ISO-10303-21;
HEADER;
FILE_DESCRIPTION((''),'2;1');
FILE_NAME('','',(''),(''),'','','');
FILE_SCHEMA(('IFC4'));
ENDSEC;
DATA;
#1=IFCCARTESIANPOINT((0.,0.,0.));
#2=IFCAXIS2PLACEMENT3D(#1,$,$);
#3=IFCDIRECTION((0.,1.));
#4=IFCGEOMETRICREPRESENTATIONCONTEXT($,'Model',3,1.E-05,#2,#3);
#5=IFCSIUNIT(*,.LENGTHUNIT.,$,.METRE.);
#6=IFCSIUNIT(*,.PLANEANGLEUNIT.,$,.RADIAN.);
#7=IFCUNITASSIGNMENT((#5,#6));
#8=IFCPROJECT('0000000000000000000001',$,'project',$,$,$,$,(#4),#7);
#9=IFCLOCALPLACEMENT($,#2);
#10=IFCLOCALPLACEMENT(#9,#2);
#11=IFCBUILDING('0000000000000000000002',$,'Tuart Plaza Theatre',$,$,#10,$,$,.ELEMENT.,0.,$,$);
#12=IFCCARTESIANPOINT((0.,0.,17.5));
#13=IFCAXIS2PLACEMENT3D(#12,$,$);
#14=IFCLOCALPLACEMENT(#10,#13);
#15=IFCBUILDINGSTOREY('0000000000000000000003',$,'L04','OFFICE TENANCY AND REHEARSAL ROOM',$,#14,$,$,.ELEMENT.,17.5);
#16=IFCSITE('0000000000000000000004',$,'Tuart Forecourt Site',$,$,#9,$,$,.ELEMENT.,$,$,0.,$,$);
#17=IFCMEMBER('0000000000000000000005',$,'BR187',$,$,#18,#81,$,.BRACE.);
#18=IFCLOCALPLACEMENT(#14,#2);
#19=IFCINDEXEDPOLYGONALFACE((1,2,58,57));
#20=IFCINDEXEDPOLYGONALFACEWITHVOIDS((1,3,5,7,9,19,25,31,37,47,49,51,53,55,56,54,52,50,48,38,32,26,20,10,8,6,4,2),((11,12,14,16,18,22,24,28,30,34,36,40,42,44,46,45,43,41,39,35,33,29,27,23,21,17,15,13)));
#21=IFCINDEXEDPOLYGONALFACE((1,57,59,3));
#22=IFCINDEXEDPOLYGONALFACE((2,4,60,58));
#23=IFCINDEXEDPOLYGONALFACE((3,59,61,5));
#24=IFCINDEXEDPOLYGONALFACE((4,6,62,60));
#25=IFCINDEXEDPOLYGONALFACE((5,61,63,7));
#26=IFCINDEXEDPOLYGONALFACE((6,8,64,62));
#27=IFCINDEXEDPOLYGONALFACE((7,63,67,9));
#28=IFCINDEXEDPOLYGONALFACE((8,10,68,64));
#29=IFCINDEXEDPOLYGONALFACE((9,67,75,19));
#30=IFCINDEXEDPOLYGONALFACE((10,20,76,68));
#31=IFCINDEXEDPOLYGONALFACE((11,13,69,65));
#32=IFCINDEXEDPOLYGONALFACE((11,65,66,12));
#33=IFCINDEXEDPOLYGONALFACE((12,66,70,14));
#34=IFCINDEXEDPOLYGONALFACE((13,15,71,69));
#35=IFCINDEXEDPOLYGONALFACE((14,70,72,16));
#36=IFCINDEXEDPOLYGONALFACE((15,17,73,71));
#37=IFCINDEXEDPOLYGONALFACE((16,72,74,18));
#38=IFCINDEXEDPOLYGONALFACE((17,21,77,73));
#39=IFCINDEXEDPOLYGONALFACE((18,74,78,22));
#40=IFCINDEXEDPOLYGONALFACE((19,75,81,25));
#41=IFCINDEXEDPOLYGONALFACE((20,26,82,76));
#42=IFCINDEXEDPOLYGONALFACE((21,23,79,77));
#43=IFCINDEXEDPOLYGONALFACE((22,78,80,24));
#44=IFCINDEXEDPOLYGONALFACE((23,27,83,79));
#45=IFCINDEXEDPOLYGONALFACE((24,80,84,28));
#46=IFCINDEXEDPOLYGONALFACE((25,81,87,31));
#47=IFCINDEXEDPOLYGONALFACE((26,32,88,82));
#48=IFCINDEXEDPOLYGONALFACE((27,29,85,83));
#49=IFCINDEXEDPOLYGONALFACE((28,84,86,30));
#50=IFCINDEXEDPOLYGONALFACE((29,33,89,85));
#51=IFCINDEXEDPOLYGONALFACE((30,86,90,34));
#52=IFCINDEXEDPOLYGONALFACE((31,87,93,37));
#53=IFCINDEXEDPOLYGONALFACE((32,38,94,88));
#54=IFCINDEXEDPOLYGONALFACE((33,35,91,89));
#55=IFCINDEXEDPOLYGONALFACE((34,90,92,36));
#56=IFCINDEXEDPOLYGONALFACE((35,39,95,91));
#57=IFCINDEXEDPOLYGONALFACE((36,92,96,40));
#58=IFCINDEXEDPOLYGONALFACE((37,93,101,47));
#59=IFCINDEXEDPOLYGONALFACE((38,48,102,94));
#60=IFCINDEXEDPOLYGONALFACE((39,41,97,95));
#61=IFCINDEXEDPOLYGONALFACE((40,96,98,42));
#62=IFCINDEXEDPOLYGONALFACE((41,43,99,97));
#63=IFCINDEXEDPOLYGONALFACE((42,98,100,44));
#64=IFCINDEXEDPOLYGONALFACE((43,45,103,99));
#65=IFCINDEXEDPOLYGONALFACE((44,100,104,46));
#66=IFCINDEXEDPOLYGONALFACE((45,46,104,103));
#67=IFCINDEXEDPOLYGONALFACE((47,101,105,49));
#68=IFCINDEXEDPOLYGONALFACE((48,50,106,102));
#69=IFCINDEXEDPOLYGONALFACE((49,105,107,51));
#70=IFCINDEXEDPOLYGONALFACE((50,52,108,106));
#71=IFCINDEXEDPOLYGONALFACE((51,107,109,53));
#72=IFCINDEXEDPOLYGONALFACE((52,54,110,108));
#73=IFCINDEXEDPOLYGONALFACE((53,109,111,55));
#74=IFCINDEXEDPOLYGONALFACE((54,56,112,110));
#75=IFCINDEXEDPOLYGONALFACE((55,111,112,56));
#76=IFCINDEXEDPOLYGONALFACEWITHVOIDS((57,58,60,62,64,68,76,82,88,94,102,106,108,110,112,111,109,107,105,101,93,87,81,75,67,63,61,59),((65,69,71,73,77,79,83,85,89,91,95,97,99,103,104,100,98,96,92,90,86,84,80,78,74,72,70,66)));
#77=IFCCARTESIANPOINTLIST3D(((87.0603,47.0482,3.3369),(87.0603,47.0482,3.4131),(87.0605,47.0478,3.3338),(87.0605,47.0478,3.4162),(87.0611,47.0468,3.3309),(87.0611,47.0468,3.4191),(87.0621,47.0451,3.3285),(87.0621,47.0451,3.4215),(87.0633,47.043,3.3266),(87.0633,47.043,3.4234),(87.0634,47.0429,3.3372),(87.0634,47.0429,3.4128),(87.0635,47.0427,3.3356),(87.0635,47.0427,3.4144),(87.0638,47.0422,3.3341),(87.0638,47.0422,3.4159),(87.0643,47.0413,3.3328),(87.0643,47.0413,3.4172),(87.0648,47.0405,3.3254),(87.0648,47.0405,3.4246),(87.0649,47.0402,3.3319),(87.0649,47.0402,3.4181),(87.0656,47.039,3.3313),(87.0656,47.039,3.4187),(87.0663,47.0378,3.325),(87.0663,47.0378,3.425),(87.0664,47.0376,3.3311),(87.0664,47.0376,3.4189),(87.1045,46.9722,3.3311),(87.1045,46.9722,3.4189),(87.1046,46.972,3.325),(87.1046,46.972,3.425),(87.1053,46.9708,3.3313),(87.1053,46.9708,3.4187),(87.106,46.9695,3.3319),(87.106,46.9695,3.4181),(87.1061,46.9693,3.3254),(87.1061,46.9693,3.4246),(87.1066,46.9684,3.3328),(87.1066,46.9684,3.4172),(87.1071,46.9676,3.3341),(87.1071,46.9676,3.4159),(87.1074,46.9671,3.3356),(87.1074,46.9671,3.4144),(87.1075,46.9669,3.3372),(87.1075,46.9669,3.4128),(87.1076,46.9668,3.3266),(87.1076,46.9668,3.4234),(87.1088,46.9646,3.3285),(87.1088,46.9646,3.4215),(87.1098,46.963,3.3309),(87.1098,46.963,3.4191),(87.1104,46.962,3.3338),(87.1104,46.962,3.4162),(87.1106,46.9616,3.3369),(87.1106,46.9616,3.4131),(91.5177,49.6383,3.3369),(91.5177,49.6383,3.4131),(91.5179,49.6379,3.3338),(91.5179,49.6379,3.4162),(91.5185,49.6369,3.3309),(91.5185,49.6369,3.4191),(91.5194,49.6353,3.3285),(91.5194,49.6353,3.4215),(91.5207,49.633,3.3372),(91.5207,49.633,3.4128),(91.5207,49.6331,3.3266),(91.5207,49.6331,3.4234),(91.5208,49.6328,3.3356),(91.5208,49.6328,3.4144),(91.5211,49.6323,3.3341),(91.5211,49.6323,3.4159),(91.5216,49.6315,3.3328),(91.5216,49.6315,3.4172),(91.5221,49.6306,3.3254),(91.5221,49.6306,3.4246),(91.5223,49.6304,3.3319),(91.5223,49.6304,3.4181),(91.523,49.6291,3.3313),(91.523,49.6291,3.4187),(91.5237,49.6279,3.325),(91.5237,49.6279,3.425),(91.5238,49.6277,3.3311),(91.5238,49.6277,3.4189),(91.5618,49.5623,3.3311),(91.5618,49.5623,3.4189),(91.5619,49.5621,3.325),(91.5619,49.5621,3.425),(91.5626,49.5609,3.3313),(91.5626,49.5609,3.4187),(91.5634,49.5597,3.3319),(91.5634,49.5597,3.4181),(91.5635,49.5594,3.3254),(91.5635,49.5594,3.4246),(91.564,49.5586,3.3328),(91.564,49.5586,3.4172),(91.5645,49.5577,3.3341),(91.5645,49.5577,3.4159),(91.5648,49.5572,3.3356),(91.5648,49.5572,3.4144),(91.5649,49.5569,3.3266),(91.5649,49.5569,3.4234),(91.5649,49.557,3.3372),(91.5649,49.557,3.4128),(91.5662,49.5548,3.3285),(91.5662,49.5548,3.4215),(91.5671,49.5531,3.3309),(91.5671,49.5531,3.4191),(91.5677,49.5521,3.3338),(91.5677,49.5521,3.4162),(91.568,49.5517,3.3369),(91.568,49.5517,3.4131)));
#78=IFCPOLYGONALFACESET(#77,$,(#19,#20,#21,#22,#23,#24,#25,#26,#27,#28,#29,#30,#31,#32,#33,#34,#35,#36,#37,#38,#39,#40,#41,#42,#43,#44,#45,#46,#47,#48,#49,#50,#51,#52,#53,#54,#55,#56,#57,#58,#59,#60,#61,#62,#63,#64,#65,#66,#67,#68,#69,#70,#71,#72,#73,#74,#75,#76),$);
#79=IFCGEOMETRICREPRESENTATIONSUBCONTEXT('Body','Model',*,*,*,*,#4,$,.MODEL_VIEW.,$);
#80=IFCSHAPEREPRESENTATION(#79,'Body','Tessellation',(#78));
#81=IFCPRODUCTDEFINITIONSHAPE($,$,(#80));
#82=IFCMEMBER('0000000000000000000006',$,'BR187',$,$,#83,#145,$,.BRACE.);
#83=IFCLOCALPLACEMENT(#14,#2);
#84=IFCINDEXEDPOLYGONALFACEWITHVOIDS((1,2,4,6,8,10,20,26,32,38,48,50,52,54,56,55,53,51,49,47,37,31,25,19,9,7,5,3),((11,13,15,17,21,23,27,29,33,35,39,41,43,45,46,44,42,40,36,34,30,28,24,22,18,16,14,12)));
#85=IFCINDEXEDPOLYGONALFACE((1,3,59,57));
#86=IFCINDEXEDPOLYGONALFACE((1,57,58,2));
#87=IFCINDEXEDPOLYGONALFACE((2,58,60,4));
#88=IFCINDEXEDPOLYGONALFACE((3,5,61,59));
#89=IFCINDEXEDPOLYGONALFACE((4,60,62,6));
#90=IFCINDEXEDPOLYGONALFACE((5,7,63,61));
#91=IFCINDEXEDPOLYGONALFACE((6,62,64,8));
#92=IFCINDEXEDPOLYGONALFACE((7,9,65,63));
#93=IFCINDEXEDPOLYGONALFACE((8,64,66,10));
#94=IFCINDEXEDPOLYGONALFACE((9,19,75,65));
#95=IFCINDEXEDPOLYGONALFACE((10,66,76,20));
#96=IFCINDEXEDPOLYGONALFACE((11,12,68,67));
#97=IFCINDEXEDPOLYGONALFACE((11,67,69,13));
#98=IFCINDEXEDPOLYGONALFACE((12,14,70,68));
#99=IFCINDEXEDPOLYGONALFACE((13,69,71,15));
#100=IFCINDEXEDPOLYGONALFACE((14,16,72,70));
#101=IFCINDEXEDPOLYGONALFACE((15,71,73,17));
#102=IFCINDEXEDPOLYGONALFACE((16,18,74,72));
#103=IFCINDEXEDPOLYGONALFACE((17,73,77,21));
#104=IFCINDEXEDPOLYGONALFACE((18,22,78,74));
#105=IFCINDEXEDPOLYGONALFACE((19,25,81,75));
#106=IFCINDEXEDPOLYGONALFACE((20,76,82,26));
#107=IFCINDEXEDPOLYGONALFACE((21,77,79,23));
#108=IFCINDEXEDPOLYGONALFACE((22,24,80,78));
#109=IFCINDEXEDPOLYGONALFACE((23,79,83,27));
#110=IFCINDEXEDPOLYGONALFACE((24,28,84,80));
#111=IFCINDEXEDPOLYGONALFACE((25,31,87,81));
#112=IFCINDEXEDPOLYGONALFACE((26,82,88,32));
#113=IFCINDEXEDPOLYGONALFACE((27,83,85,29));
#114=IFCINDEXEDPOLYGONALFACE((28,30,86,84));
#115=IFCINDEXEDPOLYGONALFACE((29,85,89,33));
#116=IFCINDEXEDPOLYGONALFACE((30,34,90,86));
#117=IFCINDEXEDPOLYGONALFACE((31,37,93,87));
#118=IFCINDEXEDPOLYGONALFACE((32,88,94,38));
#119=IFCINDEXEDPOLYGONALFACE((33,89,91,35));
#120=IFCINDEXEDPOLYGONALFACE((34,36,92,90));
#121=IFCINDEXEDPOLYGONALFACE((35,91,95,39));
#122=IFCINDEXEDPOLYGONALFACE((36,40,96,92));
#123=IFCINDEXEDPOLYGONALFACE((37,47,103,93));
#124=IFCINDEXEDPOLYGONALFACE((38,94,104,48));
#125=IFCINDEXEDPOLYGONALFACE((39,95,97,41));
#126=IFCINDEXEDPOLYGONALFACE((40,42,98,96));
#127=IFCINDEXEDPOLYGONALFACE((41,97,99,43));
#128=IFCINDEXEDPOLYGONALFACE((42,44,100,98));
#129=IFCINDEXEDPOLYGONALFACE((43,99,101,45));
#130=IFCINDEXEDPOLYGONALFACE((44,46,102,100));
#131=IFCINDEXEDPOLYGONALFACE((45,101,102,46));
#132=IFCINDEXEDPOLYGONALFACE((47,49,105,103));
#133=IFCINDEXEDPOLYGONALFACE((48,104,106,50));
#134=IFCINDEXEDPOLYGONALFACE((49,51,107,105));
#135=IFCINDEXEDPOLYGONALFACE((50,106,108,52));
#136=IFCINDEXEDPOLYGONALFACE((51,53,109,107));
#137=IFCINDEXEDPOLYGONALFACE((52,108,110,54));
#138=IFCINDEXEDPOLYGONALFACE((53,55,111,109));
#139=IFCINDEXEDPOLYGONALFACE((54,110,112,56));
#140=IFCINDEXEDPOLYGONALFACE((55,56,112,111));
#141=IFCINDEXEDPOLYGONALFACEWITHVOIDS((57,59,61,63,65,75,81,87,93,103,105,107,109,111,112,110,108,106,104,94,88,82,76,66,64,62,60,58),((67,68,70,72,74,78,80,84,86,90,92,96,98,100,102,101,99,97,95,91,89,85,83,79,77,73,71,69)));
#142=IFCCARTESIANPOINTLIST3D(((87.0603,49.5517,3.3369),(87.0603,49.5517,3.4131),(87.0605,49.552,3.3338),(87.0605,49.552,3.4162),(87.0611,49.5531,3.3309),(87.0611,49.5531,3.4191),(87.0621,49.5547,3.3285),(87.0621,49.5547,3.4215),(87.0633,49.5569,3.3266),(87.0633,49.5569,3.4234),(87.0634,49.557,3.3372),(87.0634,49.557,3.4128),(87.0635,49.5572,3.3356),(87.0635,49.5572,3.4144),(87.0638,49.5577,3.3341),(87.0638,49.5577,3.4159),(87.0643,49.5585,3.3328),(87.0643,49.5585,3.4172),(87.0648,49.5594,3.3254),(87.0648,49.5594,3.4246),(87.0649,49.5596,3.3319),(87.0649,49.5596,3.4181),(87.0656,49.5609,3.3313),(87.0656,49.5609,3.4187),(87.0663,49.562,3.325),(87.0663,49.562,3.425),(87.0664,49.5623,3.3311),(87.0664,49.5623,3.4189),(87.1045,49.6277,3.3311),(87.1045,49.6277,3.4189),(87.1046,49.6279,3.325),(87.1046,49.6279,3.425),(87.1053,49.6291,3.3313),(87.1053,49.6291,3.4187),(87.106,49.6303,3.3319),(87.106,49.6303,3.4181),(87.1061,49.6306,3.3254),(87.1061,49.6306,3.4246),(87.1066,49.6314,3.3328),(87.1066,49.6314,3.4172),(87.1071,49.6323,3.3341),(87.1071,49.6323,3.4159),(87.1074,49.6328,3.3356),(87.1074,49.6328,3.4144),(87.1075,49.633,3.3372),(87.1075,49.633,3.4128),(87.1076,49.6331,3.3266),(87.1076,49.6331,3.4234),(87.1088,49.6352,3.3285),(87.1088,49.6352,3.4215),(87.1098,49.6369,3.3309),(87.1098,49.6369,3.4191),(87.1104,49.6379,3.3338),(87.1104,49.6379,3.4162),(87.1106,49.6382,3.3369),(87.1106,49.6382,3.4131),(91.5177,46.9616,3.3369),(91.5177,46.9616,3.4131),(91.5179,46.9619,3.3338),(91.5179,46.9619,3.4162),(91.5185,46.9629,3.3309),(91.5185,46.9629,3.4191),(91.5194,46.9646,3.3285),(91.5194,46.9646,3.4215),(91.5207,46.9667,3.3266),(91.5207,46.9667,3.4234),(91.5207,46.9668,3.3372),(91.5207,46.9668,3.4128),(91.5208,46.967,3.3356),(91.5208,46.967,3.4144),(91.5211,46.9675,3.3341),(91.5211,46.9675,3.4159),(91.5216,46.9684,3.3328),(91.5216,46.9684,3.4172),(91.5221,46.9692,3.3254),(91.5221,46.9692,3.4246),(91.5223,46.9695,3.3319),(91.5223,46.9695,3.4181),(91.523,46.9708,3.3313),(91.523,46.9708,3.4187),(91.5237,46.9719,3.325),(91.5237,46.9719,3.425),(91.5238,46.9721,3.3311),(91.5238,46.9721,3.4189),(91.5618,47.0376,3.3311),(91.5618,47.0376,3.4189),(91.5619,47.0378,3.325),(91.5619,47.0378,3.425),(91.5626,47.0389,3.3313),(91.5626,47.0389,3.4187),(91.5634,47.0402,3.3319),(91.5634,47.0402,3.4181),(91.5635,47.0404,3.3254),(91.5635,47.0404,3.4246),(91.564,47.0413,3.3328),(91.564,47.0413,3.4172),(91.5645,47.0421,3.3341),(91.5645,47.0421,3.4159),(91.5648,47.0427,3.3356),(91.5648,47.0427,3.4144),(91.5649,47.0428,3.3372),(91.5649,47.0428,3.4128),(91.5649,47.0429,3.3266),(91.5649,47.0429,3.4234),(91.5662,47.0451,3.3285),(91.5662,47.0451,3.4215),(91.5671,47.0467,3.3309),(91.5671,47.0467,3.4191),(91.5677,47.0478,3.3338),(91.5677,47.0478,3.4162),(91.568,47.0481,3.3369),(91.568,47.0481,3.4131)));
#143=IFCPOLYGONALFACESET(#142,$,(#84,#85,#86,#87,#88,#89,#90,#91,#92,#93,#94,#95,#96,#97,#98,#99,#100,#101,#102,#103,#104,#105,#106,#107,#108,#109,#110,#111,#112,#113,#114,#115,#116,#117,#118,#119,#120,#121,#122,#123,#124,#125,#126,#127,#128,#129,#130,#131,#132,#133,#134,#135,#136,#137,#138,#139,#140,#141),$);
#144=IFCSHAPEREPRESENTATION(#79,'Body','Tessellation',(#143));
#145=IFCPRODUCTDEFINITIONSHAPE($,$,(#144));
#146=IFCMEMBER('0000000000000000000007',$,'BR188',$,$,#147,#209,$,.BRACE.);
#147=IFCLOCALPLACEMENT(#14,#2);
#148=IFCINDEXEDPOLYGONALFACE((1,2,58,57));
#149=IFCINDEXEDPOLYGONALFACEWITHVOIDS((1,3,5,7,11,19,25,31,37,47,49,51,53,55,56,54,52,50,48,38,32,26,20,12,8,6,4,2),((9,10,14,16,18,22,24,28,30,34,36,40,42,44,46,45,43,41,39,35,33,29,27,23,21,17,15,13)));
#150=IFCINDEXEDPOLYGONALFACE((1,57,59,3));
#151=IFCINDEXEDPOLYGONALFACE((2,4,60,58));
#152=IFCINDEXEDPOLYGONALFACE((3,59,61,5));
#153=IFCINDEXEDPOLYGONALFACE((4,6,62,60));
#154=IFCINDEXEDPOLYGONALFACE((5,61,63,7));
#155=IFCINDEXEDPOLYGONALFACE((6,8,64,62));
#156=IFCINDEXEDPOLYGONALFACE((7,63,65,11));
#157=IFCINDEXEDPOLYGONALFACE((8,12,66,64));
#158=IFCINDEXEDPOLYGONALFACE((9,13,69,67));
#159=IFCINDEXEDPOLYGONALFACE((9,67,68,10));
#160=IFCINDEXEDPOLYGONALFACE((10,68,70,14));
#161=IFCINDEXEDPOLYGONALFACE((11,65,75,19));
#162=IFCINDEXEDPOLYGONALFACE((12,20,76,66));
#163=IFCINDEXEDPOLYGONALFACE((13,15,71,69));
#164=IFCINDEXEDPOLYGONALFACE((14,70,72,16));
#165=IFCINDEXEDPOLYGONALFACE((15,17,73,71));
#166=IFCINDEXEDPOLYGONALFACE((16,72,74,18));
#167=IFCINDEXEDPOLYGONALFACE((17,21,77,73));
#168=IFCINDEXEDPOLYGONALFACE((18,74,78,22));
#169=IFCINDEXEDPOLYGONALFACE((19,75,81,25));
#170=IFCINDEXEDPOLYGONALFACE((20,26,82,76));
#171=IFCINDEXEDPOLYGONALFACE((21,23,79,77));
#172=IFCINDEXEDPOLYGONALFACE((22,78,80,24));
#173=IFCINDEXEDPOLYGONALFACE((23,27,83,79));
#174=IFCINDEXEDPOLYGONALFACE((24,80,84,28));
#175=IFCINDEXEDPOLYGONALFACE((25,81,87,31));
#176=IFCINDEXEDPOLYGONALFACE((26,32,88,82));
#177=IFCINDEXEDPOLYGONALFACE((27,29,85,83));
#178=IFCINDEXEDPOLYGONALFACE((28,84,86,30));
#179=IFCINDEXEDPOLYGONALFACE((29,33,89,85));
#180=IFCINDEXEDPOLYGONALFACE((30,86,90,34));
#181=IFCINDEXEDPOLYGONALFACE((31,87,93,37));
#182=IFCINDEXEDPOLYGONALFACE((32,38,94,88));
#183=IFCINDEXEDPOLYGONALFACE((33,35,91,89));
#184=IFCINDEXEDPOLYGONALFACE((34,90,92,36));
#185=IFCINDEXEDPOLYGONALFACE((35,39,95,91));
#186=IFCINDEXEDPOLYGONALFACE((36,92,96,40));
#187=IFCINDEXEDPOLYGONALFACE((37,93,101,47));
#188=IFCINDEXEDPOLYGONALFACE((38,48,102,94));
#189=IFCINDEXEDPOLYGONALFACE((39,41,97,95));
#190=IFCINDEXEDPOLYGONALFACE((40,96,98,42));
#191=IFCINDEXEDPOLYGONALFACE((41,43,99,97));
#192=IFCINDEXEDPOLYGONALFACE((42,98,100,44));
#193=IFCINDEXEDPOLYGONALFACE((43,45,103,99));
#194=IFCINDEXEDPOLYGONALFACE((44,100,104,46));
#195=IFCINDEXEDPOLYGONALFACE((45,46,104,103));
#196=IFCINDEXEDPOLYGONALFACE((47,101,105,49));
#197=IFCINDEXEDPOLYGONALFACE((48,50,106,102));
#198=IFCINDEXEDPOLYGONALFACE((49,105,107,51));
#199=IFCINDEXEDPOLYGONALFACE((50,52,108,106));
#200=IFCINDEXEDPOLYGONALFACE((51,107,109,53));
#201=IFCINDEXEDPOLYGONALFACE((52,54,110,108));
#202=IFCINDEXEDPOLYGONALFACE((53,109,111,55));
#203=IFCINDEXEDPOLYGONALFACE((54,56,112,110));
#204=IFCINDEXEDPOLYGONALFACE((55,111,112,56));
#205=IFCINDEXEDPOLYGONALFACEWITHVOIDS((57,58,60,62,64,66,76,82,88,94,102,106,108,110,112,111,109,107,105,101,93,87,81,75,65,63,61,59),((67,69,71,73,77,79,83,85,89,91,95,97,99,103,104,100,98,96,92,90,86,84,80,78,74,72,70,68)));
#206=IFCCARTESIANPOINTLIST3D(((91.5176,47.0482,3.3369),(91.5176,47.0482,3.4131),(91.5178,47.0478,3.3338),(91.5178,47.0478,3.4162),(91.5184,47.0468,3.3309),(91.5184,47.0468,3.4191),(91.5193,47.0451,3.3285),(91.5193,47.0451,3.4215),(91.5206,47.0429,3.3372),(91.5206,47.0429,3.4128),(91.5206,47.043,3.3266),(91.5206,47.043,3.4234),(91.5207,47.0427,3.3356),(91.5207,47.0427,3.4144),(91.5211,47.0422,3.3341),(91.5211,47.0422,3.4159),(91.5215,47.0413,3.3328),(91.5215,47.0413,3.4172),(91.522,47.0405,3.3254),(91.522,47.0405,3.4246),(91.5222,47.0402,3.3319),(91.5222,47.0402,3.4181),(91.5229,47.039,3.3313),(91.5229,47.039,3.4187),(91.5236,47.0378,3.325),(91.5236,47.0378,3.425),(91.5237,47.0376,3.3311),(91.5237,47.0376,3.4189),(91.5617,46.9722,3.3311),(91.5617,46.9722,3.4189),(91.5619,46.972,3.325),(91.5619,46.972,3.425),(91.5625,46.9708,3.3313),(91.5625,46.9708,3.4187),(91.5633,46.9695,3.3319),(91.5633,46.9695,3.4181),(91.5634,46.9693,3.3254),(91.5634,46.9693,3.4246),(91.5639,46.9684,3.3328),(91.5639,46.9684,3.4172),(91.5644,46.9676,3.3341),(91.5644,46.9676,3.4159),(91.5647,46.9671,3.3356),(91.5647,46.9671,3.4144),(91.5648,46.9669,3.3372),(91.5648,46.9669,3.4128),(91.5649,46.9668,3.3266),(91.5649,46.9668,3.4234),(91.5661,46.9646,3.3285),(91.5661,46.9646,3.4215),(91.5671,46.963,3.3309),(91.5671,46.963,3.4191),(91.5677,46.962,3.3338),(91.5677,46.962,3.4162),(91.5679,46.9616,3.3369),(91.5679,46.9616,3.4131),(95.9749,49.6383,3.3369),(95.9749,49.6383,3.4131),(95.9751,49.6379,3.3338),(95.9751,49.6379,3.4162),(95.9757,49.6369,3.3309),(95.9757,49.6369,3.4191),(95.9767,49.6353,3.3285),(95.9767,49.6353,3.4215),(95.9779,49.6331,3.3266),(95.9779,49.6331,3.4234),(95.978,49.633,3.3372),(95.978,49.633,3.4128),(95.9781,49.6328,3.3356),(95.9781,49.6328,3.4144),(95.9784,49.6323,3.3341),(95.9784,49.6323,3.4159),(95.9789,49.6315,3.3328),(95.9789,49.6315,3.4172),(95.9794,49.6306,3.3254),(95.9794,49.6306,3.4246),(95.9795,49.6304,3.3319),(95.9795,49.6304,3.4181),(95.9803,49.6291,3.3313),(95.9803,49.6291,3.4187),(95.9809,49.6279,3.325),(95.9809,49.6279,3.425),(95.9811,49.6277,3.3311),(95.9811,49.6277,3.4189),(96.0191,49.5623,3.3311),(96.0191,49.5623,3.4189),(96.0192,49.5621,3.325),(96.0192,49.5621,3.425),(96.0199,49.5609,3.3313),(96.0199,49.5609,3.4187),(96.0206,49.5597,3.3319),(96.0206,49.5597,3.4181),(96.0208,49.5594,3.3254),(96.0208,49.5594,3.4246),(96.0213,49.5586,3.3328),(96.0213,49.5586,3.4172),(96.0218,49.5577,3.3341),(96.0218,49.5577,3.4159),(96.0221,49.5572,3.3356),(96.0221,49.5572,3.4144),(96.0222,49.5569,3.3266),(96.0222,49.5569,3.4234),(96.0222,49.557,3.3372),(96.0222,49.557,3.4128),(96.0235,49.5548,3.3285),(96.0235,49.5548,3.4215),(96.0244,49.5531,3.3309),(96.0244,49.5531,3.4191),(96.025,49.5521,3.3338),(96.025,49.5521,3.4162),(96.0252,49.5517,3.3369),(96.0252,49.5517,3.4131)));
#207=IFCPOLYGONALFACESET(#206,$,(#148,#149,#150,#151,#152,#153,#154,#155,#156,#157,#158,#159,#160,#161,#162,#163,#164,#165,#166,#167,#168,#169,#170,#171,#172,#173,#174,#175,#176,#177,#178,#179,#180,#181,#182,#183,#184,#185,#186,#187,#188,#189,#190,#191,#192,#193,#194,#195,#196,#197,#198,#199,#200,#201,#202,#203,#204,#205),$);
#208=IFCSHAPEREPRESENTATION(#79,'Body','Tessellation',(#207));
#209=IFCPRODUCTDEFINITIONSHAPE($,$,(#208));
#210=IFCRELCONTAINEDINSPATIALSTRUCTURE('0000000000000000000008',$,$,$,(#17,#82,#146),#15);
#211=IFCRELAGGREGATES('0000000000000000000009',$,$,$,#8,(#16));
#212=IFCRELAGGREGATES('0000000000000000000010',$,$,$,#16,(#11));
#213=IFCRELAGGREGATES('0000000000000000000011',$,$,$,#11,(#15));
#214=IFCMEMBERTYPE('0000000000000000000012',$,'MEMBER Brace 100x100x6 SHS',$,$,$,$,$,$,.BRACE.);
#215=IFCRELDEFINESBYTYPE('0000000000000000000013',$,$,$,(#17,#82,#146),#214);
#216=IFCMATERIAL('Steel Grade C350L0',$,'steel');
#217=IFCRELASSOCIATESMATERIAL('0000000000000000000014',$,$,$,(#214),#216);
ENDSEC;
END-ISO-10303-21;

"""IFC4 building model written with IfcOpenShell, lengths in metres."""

from ifc_helpers import new_model, si_unit, direction, frame, origin, origin_2d, place, context, subcontext, project, spatial, hollow_rectangle, extrude, material, material_profile, profile_set, type_object, element, save


model = new_model("IFC4")

# Units and contexts
model_context = context("Model", 3, precision=1e-05, world=origin(), true_north=direction((0.0, 1.0)))
body_context = subcontext(model_context, "Body", "Model", "MODEL_VIEW")
ifc_project = project(units=[si_unit("LENGTHUNIT", "METRE"), si_unit("PLANEANGLEUNIT", "RADIAN")], contexts=[model_context])

# Site, building, storey
site_placement = place(None, origin())
site = spatial("IfcSite", under=ifc_project, at=site_placement, Name="Tuart Forecourt Site", CompositionType="ELEMENT", RefElevation=0.0)
building_placement = place(site_placement, origin())
building = spatial("IfcBuilding", under=site, at=building_placement, Name="Tuart Plaza Theatre", CompositionType="ELEMENT", ElevationOfRefHeight=0.0)
storey_placement = place(building_placement, frame((0.0, 0.0, 17.5)))
storey = spatial("IfcBuildingStorey", under=building, at=storey_placement, Name="L04", Description="OFFICE TENANCY AND REHEARSAL ROOM", CompositionType="ELEMENT", Elevation=17.5)

# Members
ifc_material_1 = material(Name="Steel Grade C350L0", Category="steel")
ifc_material_profile_1 = material_profile(ifc_material_1, hollow_rectangle(XDim=0.1001, YDim=0.1001, WallThickness=0.0061, InnerFilletRadius=0.0061, OuterFilletRadius=0.012, at=origin_2d()), Name="100x100x6 SHS")
ifc_profile_set_1 = profile_set([ifc_material_profile_1], Name="Steel Grade C350L0")
member_type_1 = type_object("IfcMemberType", Name="MEMBER Brace 100x100x6 SHS", PredefinedType="BRACE", material=ifc_profile_set_1)
for number, where, z_axis, x_axis, name in (
    (1, (87.0854, 47.0049, 3.375), (0.864621, 0.502425, 0.0), (-0.502425, 0.864621, 0.0), "BR187"),
    (2, (87.0854, 49.595, 3.375), (0.864621, -0.502425, 0.0), (0.502425, 0.864621, 0.0), "BR187"),
    (3, (91.5427, 47.0049, 3.375), (0.864621, 0.502425, 0.0), (-0.502425, 0.864621, 0.0), "BR188"),
):
    element("IfcMember", number, at=place(storey_placement, frame(where, z_axis=z_axis, x_axis=x_axis)), inside=storey, type_object=member_type_1, Name=name, PredefinedType="BRACE", context=body_context, shape_type="SweptSolid", body=[
        extrude(hollow_rectangle(XDim=0.1001, YDim=0.1001, WallThickness=0.0061, InnerFilletRadius=0.0061, OuterFilletRadius=0.012, at=origin_2d()), origin(), (0.0, 0.0, 1.0), 5.1553),
    ])

save(model, "model.ifc")
